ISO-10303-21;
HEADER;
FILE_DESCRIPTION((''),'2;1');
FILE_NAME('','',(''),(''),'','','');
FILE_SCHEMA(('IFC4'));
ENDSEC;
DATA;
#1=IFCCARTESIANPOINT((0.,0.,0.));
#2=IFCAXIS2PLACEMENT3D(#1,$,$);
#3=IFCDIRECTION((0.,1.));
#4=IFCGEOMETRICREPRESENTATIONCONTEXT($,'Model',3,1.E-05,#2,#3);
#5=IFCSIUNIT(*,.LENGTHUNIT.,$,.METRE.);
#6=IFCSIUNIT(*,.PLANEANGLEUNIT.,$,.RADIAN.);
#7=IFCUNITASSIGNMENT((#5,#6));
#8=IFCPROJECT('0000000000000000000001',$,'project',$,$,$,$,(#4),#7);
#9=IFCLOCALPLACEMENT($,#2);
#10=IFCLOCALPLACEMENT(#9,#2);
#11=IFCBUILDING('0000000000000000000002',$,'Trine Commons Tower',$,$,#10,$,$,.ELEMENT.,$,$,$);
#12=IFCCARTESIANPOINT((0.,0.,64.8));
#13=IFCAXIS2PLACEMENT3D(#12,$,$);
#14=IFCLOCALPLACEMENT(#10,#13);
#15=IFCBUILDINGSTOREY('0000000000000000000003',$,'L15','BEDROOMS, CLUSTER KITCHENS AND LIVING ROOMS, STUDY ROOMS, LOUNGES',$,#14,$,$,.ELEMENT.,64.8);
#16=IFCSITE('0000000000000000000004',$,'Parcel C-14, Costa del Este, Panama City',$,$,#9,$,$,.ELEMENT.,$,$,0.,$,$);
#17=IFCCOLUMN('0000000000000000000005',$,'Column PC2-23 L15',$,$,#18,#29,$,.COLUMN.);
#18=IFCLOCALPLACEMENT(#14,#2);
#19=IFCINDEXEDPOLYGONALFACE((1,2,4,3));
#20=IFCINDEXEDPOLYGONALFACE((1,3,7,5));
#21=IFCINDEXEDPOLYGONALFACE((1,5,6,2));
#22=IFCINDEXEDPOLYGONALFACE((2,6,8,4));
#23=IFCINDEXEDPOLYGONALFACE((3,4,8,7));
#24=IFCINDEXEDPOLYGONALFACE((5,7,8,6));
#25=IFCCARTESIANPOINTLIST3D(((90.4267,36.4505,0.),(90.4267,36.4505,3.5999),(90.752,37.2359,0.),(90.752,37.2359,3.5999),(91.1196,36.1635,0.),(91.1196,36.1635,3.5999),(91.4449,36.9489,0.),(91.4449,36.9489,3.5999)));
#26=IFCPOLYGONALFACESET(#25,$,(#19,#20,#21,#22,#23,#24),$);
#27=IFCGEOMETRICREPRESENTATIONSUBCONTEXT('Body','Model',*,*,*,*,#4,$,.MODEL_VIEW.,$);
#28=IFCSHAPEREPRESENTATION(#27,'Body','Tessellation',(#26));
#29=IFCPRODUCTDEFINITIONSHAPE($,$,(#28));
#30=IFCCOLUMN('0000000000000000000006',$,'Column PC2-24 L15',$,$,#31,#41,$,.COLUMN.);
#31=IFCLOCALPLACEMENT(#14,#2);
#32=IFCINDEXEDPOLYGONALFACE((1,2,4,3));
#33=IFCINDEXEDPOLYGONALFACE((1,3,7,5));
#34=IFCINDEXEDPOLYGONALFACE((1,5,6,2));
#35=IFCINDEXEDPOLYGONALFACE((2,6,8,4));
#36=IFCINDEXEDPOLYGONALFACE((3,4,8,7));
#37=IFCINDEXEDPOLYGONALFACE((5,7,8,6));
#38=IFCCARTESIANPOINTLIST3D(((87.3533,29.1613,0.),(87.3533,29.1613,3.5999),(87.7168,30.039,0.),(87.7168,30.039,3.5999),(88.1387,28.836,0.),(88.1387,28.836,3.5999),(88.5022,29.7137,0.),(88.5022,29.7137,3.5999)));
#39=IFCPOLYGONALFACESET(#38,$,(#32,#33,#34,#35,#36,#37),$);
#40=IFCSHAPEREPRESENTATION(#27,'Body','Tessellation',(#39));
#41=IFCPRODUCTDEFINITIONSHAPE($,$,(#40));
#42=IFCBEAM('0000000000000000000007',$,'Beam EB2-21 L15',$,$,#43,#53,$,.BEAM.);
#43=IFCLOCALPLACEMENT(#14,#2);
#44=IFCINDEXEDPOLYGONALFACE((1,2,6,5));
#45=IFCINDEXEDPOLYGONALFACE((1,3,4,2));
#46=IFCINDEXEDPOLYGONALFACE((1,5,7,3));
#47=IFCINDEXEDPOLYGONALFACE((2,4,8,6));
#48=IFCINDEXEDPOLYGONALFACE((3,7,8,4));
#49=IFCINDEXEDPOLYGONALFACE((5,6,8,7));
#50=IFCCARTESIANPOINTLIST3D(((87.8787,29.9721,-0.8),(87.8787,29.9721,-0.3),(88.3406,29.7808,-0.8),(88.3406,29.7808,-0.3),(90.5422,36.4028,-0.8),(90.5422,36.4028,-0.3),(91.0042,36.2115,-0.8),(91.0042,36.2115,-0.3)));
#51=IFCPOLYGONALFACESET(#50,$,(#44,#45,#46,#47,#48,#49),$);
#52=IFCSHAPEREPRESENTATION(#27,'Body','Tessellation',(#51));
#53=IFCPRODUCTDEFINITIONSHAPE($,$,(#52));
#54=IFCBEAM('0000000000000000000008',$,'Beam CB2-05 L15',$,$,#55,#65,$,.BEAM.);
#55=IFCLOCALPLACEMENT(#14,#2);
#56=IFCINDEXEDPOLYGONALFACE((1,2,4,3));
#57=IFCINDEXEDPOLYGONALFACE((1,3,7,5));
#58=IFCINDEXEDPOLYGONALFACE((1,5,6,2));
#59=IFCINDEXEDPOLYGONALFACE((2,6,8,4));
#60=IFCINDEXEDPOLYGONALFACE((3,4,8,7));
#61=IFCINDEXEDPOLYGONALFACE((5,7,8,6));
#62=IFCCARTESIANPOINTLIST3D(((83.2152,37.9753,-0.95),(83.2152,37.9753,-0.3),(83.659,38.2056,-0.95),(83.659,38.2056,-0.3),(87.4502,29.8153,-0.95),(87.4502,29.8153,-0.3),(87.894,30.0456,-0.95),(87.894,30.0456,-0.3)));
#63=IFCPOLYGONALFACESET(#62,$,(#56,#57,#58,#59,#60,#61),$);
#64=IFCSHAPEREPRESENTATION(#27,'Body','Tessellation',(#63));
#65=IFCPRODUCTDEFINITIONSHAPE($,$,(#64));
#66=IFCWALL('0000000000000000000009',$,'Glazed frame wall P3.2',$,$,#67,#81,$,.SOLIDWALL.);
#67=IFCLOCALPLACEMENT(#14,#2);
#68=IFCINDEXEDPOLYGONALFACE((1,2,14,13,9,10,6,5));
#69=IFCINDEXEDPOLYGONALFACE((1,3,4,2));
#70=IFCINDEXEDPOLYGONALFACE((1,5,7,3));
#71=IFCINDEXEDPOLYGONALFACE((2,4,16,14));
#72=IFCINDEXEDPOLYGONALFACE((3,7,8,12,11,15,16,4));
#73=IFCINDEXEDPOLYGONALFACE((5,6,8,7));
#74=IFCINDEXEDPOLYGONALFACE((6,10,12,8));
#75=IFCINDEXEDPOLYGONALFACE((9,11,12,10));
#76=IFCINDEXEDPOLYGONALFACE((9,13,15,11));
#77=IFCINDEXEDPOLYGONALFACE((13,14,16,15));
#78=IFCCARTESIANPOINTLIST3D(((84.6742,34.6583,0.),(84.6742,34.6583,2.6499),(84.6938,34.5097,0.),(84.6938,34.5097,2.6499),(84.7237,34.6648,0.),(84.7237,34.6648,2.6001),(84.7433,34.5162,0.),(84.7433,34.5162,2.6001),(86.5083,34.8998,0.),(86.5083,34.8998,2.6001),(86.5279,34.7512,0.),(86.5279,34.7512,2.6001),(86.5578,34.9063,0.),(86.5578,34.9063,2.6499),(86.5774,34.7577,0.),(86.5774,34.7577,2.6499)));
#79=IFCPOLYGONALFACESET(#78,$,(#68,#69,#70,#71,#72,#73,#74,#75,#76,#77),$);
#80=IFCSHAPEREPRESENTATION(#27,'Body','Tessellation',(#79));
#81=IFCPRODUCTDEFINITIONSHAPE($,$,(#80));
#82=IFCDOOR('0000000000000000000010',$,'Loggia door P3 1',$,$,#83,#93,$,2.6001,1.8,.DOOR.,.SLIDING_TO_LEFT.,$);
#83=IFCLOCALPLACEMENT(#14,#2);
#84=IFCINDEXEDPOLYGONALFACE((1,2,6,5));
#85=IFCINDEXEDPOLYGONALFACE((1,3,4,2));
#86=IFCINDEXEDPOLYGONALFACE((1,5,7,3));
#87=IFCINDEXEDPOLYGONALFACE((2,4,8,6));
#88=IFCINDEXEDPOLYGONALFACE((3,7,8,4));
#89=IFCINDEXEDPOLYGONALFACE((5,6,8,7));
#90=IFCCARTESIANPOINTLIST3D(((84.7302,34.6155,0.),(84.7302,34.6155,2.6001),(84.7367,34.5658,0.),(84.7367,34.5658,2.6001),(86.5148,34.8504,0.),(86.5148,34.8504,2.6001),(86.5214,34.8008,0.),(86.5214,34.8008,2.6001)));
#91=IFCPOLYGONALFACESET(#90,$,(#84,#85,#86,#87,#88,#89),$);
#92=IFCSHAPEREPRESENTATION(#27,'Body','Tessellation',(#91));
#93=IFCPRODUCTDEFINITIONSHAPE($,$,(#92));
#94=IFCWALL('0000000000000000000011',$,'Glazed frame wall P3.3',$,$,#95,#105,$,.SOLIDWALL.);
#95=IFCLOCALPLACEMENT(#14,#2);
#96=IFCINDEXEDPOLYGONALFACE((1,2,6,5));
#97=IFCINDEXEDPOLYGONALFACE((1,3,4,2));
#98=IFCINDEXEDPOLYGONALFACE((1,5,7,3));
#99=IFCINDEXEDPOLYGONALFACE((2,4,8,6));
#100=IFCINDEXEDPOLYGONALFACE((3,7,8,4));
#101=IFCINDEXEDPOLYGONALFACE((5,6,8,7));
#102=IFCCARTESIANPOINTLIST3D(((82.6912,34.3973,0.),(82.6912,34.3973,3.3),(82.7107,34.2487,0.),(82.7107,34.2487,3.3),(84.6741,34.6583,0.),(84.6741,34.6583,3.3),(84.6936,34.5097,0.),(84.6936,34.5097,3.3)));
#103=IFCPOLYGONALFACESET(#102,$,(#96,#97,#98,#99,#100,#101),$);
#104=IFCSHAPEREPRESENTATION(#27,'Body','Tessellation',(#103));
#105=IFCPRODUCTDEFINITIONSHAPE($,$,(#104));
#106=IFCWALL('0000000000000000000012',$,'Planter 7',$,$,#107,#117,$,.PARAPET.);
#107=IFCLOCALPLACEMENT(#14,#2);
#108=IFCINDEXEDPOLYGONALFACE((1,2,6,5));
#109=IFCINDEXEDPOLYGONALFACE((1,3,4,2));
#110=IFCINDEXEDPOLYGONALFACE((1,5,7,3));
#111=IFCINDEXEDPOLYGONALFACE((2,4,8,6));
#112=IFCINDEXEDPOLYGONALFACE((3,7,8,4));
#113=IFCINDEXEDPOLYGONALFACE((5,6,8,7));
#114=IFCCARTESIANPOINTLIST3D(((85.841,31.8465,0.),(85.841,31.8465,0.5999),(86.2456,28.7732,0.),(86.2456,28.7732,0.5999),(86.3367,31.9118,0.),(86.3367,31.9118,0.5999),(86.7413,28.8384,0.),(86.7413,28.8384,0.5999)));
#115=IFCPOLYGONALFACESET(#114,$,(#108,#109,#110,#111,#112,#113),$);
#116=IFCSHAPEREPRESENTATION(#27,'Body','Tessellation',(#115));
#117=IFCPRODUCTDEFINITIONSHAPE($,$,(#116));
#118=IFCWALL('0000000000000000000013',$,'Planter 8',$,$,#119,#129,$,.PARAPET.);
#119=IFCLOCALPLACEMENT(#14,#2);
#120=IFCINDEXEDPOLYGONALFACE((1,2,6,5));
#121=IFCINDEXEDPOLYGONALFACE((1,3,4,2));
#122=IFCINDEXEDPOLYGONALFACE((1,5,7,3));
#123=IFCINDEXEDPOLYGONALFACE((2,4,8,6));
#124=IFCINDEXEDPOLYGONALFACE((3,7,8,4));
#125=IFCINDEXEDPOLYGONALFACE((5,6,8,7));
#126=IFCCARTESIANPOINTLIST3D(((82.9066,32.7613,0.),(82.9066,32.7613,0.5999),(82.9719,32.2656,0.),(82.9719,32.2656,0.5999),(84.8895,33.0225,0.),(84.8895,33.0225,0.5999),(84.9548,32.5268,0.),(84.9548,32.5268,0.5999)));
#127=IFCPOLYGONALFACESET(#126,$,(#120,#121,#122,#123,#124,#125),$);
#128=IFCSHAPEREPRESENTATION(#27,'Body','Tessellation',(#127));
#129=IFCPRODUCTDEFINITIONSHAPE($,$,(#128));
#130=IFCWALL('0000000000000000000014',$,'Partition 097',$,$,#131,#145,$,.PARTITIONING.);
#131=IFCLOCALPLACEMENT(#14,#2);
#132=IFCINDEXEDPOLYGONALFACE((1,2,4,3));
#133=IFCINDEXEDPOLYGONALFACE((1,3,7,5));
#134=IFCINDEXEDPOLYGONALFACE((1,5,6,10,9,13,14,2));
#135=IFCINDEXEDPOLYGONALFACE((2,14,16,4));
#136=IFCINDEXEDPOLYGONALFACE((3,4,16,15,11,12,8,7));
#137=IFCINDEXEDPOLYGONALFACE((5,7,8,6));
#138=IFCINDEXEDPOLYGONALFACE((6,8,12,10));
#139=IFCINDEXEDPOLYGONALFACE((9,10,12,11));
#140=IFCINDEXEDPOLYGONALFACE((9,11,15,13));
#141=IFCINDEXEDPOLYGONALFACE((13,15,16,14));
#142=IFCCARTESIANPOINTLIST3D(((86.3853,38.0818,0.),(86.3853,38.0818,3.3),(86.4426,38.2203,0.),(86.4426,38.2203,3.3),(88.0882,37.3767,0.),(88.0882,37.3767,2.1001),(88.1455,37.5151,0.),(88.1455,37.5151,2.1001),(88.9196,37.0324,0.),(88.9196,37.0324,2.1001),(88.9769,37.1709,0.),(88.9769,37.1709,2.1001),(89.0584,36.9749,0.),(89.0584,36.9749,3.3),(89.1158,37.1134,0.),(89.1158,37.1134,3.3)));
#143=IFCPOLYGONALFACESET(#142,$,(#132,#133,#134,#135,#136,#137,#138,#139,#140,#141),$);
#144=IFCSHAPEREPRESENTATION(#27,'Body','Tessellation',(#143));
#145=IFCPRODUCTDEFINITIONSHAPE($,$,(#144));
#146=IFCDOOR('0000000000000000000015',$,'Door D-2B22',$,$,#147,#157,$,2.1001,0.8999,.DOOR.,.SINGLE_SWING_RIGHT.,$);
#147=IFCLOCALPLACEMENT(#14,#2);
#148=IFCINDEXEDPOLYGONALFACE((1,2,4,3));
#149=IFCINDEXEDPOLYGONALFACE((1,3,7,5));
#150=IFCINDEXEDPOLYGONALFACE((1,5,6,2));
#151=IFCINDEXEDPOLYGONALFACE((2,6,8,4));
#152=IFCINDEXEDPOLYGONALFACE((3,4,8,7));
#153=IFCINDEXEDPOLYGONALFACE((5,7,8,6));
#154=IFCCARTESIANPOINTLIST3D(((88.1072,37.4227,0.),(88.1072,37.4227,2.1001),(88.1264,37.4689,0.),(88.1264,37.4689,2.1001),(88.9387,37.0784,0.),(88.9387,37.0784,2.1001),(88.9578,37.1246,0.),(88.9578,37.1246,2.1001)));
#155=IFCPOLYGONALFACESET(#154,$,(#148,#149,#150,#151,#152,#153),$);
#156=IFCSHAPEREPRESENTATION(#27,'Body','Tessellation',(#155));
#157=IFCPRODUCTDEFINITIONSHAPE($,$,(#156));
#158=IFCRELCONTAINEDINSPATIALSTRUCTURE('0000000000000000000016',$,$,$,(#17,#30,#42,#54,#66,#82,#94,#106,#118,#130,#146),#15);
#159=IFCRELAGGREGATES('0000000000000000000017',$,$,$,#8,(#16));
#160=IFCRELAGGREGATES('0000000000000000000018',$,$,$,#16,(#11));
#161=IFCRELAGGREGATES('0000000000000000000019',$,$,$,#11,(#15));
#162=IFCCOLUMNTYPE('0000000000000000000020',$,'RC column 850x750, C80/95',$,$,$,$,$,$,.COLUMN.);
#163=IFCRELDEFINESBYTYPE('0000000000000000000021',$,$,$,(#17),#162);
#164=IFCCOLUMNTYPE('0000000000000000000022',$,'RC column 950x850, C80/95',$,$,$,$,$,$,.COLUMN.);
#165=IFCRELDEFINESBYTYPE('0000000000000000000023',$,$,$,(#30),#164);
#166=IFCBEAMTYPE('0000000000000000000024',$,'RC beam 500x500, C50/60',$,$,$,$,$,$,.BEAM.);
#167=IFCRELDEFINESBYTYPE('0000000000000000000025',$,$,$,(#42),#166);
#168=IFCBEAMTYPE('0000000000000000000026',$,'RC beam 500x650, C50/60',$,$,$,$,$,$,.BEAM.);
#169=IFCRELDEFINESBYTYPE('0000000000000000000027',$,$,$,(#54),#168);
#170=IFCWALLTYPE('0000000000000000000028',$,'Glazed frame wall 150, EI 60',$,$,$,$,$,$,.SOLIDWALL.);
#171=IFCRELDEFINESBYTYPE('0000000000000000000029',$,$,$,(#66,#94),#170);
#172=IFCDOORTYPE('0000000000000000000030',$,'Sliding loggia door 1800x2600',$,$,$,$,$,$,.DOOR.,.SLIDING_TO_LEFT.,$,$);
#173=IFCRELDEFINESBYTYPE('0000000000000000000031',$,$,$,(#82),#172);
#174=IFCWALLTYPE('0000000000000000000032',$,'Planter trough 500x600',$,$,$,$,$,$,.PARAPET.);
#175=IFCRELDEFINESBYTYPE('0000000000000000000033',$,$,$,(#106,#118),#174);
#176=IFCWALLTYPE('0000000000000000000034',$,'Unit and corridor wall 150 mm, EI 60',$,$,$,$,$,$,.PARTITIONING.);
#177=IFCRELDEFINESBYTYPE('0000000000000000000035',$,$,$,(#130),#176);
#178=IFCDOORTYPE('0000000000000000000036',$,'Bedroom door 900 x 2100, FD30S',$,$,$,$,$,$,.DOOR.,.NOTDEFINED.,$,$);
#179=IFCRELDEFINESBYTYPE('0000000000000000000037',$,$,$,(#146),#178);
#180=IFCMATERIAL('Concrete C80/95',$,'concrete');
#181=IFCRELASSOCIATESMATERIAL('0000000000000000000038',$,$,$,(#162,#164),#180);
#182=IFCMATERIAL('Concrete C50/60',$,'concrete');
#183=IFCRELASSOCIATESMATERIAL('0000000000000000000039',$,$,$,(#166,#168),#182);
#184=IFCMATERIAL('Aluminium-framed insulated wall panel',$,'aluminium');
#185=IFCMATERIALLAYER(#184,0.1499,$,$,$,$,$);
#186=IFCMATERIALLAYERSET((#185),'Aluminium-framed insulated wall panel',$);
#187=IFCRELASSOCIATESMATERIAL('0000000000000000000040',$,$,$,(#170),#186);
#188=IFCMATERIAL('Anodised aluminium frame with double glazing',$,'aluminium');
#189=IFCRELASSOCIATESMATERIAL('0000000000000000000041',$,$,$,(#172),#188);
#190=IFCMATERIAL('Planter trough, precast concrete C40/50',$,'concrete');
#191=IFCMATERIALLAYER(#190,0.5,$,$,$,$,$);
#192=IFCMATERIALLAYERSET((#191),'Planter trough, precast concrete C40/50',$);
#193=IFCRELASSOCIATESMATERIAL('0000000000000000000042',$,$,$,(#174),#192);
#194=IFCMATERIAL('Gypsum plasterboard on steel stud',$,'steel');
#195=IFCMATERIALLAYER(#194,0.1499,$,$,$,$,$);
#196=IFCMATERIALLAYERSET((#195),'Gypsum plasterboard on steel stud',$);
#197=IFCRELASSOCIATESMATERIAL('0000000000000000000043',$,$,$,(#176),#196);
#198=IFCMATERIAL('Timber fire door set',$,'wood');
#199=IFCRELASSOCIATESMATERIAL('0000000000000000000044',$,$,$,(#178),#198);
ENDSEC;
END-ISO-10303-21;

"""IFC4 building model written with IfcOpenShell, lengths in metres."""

from ifc_helpers import new_model, si_unit, direction, frame, frame_2d, origin, origin_2d, place, context, subcontext, project, spatial, polyline, rectangle, outline, extrude, material, layer, layer_set, material_profile, profile_set, type_object, element, fill, save


model = new_model("IFC4")

# Units and contexts
model_context = context("Model", 3, precision=1e-05, world=origin(), true_north=direction((0.0, 1.0)))
body_context = subcontext(model_context, "Body", "Model", "MODEL_VIEW")
ifc_project = project(units=[si_unit("LENGTHUNIT", "METRE"), si_unit("PLANEANGLEUNIT", "RADIAN")], contexts=[model_context])

# Site, building, storey
site_placement = place(None, origin())
site = spatial("IfcSite", under=ifc_project, at=site_placement, Name="Parcel C-14, Costa del Este, Panama City", CompositionType="ELEMENT", RefElevation=0.0)
building_placement = place(site_placement, origin())
building = spatial("IfcBuilding", under=site, at=building_placement, Name="Trine Commons Tower", CompositionType="ELEMENT")
storey_placement = place(building_placement, frame((0.0, 0.0, 64.8)))
storey = spatial("IfcBuildingStorey", under=building, at=storey_placement, Name="L15", Description="BEDROOMS, CLUSTER KITCHENS AND LIVING ROOMS, STUDY ROOMS, LOUNGES", CompositionType="ELEMENT", Elevation=64.8)

# Columns
ifc_material_1 = material(Name="Concrete C80/95", Category="concrete")
ifc_material_profile_1 = material_profile(ifc_material_1, rectangle(XDim=0.8501, YDim=0.75, at=origin_2d()), Name="RC 850x750")
ifc_profile_set_1 = profile_set([ifc_material_profile_1], Name="Concrete C80/95")
column_type_1 = type_object("IfcColumnType", Name="RC column 850x750, C80/95", PredefinedType="COLUMN", material=ifc_profile_set_1)
column_1_placement = place(storey_placement, frame((90.9358, 36.6997, 0.0), z_axis=(0.0, 0.0, 1.0), x_axis=(0.382683, 0.92388, 0.0)))
element("IfcColumn", 1, at=column_1_placement, inside=storey, type_object=column_type_1, Name="Column PC2-23 L15", PredefinedType="COLUMN", context=body_context, shape_type="SweptSolid", body=[
    extrude(rectangle(XDim=0.8501, YDim=0.75, at=origin_2d()), origin(), (0.0, 0.0, 1.0), 3.5999),
])
ifc_material_profile_2 = material_profile(ifc_material_1, rectangle(XDim=0.95, YDim=0.8501, at=origin_2d()), Name="RC 950x850")
ifc_profile_set_2 = profile_set([ifc_material_profile_2], Name="Concrete C80/95")
column_type_2 = type_object("IfcColumnType", Name="RC column 950x850, C80/95", PredefinedType="COLUMN", material=ifc_profile_set_2)
column_2_placement = place(storey_placement, frame((87.9277, 29.4375, 0.0), z_axis=(0.0, 0.0, 1.0), x_axis=(0.382683, 0.92388, 0.0)))
element("IfcColumn", 2, at=column_2_placement, inside=storey, type_object=column_type_2, Name="Column PC2-24 L15", PredefinedType="COLUMN", context=body_context, shape_type="SweptSolid", body=[
    extrude(rectangle(XDim=0.95, YDim=0.8501, at=origin_2d()), origin(), (0.0, 0.0, 1.0), 3.5999),
])

# Beams
ifc_material_2 = material(Name="Concrete C50/60", Category="concrete")
ifc_material_profile_3 = material_profile(ifc_material_2, rectangle(XDim=0.5, YDim=0.5, at=origin_2d()), Name="RC 500x500")
ifc_profile_set_3 = profile_set([ifc_material_profile_3], Name="Concrete C50/60")
beam_type_1 = type_object("IfcBeamType", Name="RC beam 500x500, C50/60", PredefinedType="BEAM", material=ifc_profile_set_3)
beam_1_placement = place(storey_placement, frame((90.7732, 36.3071, -0.55), z_axis=(-0.382672, -0.923884, 0.0), x_axis=(0.923884, -0.382672, 0.0)))
element("IfcBeam", 3, at=beam_1_placement, inside=storey, type_object=beam_type_1, Name="Beam EB2-21 L15", PredefinedType="BEAM", context=body_context, shape_type="SweptSolid", body=[
    extrude(rectangle(XDim=0.5, YDim=0.5, at=origin_2d()), origin(), (0.0, 0.0, 1.0), 6.9604),
])
ifc_material_profile_4 = material_profile(ifc_material_2, rectangle(XDim=0.5, YDim=0.6499, at=origin_2d()), Name="RC 500x650")
ifc_profile_set_4 = profile_set([ifc_material_profile_4], Name="Concrete C50/60")
beam_type_2 = type_object("IfcBeamType", Name="RC beam 500x650, C50/60", PredefinedType="BEAM", material=ifc_profile_set_4)
beam_2_placement = place(storey_placement, frame((87.6721, 29.9304, -0.625), z_axis=(-0.460653, 0.88758, 0.0), x_axis=(-0.88758, -0.460653, 0.0)))
element("IfcBeam", 4, at=beam_2_placement, inside=storey, type_object=beam_type_2, Name="Beam CB2-05 L15", PredefinedType="BEAM", context=body_context, shape_type="SweptSolid", body=[
    extrude(rectangle(XDim=0.5, YDim=0.6499, at=origin_2d()), origin(), (0.0, 0.0, 1.0), 9.1936),
])

# Shared definitions
ifc_material_3 = material(Name="Aluminium-framed insulated wall panel", Category="aluminium")
ifc_layer_1 = layer(ifc_material_3, 0.1499)
ifc_layer_set_1 = layer_set([ifc_layer_1], Name="Aluminium-framed insulated wall panel")
wall_type_1 = type_object("IfcWallType", Name="Glazed frame wall 150, EI 60", PredefinedType="SOLIDWALL", material=ifc_layer_set_1)

# Wall, opening, door
wall_1_placement = place(storey_placement, frame((86.5676, 34.832, 0.0), z_axis=(0.0, 0.0, 1.0), x_axis=(-0.991442, -0.130548, 0.0)))
wall_1 = element("IfcWall", 5, at=wall_1_placement, inside=storey, type_object=wall_type_1, Name="Glazed frame wall P3.2", PredefinedType="SOLIDWALL", context=body_context, shape_type="SweptSolid", body=[
    extrude(outline(polyline([(0.0, -0.075), (1.8999, -0.075), (1.8999, 0.075), (0.0, 0.075), (0.0, -0.075)])), origin(), (0.0, 0.0, 1.0), 2.6499),
])
opening_1_placement = place(wall_1_placement, frame((0.05, 0.0, 0.0)))
opening_1 = element("IfcOpeningElement", 6, at=opening_1_placement, cuts=wall_1, PredefinedType="OPENING", context=body_context, shape_type="SweptSolid", body=[
    extrude(rectangle(XDim=1.8, YDim=2.6001, at=frame_2d((0.8999, 1.3))), frame((0.0, 0.085, 0.0), z_axis=(0.0, -1.0, 0.0), x_axis=(1.0, 0.0, 0.0)), (0.0, 0.0, 1.0), 0.1699),
])
ifc_material_4 = material(Name="Anodised aluminium frame with double glazing", Category="aluminium")
door_type_1 = type_object("IfcDoorType", Name="Sliding loggia door 1800x2600", OperationType="SLIDING_TO_LEFT", PredefinedType="DOOR", material=ifc_material_4)
door_1_placement = place(opening_1_placement, origin())
door_1 = element("IfcDoor", 7, at=door_1_placement, inside=storey, type_object=door_type_1, Name="Loggia door P3 1", OperationType="SLIDING_TO_LEFT", OverallHeight=2.6001, OverallWidth=1.8, PredefinedType="DOOR", context=body_context, shape_type="SweptSolid", body=[
    extrude(rectangle(XDim=1.8, YDim=2.6001, at=frame_2d((0.8999, 1.3))), frame((0.0, 0.0249, 0.0), z_axis=(0.0, -1.0, 0.0), x_axis=(1.0, 0.0, 0.0)), (0.0, 0.0, 1.0), 0.05),
])
fill(opening_1, door_1)

# Walls
wall_2_placement = place(storey_placement, frame((84.6838, 34.584, 0.0), z_axis=(0.0, 0.0, 1.0), x_axis=(-0.991449, -0.130492, 0.0)))
element("IfcWall", 8, at=wall_2_placement, inside=storey, type_object=wall_type_1, Name="Glazed frame wall P3.3", PredefinedType="SOLIDWALL", context=body_context, shape_type="SweptSolid", body=[
    extrude(outline(polyline([(0.0, -0.075), (2.0, -0.075), (2.0, 0.075), (0.0, 0.075), (0.0, -0.075)])), origin(), (0.0, 0.0, 1.0), 3.3),
])
ifc_material_5 = material(Name="Planter trough, precast concrete C40/50", Category="concrete")
ifc_layer_2 = layer(ifc_material_5, 0.5)
ifc_layer_set_2 = layer_set([ifc_layer_2], Name="Planter trough, precast concrete C40/50")
wall_type_2 = type_object("IfcWallType", Name="Planter trough 500x600", PredefinedType="PARAPET", material=ifc_layer_set_2)
wall_3_placement = place(storey_placement, frame((86.4934, 28.8059, 0.0), z_axis=(0.0, 0.0, 1.0), x_axis=(-0.130507, 0.991447, 0.0)))
element("IfcWall", 9, at=wall_3_placement, inside=storey, type_object=wall_type_2, Name="Planter 7", PredefinedType="PARAPET", context=body_context, shape_type="SweptSolid", body=[
    extrude(rectangle(XDim=3.0999, YDim=0.5, at=frame_2d((1.5498, 0.0))), origin(), (0.0, 0.0, 1.0), 0.5999),
])
wall_4_placement = place(storey_placement, frame((84.9221, 32.7747, 0.0), z_axis=(0.0, 0.0, 1.0), x_axis=(-0.991434, -0.130612, 0.0)))
element("IfcWall", 10, at=wall_4_placement, inside=storey, type_object=wall_type_2, Name="Planter 8", PredefinedType="PARAPET", context=body_context, shape_type="SweptSolid", body=[
    extrude(rectangle(XDim=2.0, YDim=0.5, at=frame_2d((1.0, 0.0))), origin(), (0.0, 0.0, 1.0), 0.5999),
])

# Wall, opening, door
ifc_material_6 = material(Name="Gypsum plasterboard on steel stud", Category="steel")
ifc_layer_3 = layer(ifc_material_6, 0.1499)
ifc_layer_set_3 = layer_set([ifc_layer_3], Name="Gypsum plasterboard on steel stud")
wall_type_3 = type_object("IfcWallType", Name="Unit and corridor wall 150 mm, EI 60", PredefinedType="PARTITIONING", material=ifc_layer_set_3)
wall_5_placement = place(storey_placement, frame((86.4138, 38.1511, 0.0), z_axis=(0.0, 0.0, 1.0), x_axis=(0.923916, -0.382595, 0.0)))
wall_5 = element("IfcWall", 11, at=wall_5_placement, inside=storey, type_object=wall_type_3, Name="Partition 097", PredefinedType="PARTITIONING", context=body_context, shape_type="SweptSolid", body=[
    extrude(rectangle(XDim=2.8933, YDim=0.1499, at=frame_2d((1.4468, 0.0))), origin(), (0.0, 0.0, 1.0), 3.3),
])
opening_2_placement = place(wall_5_placement, frame((1.8433, 0.0, 0.0)))
opening_2 = element("IfcOpeningElement", 12, at=opening_2_placement, cuts=wall_5, PredefinedType="OPENING", context=body_context, shape_type="SweptSolid", body=[
    extrude(rectangle(XDim=0.8999, YDim=2.1001, at=frame_2d((0.45, 1.05))), frame((0.0, 0.085, 0.0), z_axis=(0.0, -1.0, 0.0), x_axis=(1.0, 0.0, 0.0)), (0.0, 0.0, 1.0), 0.1699),
])
ifc_material_7 = material(Name="Timber fire door set", Category="wood")
door_type_2 = type_object("IfcDoorType", Name="Bedroom door 900 x 2100, FD30S", OperationType="NOTDEFINED", PredefinedType="DOOR", material=ifc_material_7)
door_2_placement = place(opening_2_placement, origin())
door_2 = element("IfcDoor", 13, at=door_2_placement, inside=storey, type_object=door_type_2, Name="Door D-2B22", OperationType="SINGLE_SWING_RIGHT", OverallHeight=2.1001, OverallWidth=0.8999, PredefinedType="DOOR", context=body_context, shape_type="SweptSolid", body=[
    extrude(rectangle(XDim=0.8999, YDim=2.1001, at=frame_2d((0.45, 1.05))), frame((0.0, 0.0249, 0.0), z_axis=(0.0, -1.0, 0.0), x_axis=(1.0, 0.0, 0.0)), (0.0, 0.0, 1.0), 0.05),
])
fill(opening_2, door_2)

save(model, "model.ifc")
